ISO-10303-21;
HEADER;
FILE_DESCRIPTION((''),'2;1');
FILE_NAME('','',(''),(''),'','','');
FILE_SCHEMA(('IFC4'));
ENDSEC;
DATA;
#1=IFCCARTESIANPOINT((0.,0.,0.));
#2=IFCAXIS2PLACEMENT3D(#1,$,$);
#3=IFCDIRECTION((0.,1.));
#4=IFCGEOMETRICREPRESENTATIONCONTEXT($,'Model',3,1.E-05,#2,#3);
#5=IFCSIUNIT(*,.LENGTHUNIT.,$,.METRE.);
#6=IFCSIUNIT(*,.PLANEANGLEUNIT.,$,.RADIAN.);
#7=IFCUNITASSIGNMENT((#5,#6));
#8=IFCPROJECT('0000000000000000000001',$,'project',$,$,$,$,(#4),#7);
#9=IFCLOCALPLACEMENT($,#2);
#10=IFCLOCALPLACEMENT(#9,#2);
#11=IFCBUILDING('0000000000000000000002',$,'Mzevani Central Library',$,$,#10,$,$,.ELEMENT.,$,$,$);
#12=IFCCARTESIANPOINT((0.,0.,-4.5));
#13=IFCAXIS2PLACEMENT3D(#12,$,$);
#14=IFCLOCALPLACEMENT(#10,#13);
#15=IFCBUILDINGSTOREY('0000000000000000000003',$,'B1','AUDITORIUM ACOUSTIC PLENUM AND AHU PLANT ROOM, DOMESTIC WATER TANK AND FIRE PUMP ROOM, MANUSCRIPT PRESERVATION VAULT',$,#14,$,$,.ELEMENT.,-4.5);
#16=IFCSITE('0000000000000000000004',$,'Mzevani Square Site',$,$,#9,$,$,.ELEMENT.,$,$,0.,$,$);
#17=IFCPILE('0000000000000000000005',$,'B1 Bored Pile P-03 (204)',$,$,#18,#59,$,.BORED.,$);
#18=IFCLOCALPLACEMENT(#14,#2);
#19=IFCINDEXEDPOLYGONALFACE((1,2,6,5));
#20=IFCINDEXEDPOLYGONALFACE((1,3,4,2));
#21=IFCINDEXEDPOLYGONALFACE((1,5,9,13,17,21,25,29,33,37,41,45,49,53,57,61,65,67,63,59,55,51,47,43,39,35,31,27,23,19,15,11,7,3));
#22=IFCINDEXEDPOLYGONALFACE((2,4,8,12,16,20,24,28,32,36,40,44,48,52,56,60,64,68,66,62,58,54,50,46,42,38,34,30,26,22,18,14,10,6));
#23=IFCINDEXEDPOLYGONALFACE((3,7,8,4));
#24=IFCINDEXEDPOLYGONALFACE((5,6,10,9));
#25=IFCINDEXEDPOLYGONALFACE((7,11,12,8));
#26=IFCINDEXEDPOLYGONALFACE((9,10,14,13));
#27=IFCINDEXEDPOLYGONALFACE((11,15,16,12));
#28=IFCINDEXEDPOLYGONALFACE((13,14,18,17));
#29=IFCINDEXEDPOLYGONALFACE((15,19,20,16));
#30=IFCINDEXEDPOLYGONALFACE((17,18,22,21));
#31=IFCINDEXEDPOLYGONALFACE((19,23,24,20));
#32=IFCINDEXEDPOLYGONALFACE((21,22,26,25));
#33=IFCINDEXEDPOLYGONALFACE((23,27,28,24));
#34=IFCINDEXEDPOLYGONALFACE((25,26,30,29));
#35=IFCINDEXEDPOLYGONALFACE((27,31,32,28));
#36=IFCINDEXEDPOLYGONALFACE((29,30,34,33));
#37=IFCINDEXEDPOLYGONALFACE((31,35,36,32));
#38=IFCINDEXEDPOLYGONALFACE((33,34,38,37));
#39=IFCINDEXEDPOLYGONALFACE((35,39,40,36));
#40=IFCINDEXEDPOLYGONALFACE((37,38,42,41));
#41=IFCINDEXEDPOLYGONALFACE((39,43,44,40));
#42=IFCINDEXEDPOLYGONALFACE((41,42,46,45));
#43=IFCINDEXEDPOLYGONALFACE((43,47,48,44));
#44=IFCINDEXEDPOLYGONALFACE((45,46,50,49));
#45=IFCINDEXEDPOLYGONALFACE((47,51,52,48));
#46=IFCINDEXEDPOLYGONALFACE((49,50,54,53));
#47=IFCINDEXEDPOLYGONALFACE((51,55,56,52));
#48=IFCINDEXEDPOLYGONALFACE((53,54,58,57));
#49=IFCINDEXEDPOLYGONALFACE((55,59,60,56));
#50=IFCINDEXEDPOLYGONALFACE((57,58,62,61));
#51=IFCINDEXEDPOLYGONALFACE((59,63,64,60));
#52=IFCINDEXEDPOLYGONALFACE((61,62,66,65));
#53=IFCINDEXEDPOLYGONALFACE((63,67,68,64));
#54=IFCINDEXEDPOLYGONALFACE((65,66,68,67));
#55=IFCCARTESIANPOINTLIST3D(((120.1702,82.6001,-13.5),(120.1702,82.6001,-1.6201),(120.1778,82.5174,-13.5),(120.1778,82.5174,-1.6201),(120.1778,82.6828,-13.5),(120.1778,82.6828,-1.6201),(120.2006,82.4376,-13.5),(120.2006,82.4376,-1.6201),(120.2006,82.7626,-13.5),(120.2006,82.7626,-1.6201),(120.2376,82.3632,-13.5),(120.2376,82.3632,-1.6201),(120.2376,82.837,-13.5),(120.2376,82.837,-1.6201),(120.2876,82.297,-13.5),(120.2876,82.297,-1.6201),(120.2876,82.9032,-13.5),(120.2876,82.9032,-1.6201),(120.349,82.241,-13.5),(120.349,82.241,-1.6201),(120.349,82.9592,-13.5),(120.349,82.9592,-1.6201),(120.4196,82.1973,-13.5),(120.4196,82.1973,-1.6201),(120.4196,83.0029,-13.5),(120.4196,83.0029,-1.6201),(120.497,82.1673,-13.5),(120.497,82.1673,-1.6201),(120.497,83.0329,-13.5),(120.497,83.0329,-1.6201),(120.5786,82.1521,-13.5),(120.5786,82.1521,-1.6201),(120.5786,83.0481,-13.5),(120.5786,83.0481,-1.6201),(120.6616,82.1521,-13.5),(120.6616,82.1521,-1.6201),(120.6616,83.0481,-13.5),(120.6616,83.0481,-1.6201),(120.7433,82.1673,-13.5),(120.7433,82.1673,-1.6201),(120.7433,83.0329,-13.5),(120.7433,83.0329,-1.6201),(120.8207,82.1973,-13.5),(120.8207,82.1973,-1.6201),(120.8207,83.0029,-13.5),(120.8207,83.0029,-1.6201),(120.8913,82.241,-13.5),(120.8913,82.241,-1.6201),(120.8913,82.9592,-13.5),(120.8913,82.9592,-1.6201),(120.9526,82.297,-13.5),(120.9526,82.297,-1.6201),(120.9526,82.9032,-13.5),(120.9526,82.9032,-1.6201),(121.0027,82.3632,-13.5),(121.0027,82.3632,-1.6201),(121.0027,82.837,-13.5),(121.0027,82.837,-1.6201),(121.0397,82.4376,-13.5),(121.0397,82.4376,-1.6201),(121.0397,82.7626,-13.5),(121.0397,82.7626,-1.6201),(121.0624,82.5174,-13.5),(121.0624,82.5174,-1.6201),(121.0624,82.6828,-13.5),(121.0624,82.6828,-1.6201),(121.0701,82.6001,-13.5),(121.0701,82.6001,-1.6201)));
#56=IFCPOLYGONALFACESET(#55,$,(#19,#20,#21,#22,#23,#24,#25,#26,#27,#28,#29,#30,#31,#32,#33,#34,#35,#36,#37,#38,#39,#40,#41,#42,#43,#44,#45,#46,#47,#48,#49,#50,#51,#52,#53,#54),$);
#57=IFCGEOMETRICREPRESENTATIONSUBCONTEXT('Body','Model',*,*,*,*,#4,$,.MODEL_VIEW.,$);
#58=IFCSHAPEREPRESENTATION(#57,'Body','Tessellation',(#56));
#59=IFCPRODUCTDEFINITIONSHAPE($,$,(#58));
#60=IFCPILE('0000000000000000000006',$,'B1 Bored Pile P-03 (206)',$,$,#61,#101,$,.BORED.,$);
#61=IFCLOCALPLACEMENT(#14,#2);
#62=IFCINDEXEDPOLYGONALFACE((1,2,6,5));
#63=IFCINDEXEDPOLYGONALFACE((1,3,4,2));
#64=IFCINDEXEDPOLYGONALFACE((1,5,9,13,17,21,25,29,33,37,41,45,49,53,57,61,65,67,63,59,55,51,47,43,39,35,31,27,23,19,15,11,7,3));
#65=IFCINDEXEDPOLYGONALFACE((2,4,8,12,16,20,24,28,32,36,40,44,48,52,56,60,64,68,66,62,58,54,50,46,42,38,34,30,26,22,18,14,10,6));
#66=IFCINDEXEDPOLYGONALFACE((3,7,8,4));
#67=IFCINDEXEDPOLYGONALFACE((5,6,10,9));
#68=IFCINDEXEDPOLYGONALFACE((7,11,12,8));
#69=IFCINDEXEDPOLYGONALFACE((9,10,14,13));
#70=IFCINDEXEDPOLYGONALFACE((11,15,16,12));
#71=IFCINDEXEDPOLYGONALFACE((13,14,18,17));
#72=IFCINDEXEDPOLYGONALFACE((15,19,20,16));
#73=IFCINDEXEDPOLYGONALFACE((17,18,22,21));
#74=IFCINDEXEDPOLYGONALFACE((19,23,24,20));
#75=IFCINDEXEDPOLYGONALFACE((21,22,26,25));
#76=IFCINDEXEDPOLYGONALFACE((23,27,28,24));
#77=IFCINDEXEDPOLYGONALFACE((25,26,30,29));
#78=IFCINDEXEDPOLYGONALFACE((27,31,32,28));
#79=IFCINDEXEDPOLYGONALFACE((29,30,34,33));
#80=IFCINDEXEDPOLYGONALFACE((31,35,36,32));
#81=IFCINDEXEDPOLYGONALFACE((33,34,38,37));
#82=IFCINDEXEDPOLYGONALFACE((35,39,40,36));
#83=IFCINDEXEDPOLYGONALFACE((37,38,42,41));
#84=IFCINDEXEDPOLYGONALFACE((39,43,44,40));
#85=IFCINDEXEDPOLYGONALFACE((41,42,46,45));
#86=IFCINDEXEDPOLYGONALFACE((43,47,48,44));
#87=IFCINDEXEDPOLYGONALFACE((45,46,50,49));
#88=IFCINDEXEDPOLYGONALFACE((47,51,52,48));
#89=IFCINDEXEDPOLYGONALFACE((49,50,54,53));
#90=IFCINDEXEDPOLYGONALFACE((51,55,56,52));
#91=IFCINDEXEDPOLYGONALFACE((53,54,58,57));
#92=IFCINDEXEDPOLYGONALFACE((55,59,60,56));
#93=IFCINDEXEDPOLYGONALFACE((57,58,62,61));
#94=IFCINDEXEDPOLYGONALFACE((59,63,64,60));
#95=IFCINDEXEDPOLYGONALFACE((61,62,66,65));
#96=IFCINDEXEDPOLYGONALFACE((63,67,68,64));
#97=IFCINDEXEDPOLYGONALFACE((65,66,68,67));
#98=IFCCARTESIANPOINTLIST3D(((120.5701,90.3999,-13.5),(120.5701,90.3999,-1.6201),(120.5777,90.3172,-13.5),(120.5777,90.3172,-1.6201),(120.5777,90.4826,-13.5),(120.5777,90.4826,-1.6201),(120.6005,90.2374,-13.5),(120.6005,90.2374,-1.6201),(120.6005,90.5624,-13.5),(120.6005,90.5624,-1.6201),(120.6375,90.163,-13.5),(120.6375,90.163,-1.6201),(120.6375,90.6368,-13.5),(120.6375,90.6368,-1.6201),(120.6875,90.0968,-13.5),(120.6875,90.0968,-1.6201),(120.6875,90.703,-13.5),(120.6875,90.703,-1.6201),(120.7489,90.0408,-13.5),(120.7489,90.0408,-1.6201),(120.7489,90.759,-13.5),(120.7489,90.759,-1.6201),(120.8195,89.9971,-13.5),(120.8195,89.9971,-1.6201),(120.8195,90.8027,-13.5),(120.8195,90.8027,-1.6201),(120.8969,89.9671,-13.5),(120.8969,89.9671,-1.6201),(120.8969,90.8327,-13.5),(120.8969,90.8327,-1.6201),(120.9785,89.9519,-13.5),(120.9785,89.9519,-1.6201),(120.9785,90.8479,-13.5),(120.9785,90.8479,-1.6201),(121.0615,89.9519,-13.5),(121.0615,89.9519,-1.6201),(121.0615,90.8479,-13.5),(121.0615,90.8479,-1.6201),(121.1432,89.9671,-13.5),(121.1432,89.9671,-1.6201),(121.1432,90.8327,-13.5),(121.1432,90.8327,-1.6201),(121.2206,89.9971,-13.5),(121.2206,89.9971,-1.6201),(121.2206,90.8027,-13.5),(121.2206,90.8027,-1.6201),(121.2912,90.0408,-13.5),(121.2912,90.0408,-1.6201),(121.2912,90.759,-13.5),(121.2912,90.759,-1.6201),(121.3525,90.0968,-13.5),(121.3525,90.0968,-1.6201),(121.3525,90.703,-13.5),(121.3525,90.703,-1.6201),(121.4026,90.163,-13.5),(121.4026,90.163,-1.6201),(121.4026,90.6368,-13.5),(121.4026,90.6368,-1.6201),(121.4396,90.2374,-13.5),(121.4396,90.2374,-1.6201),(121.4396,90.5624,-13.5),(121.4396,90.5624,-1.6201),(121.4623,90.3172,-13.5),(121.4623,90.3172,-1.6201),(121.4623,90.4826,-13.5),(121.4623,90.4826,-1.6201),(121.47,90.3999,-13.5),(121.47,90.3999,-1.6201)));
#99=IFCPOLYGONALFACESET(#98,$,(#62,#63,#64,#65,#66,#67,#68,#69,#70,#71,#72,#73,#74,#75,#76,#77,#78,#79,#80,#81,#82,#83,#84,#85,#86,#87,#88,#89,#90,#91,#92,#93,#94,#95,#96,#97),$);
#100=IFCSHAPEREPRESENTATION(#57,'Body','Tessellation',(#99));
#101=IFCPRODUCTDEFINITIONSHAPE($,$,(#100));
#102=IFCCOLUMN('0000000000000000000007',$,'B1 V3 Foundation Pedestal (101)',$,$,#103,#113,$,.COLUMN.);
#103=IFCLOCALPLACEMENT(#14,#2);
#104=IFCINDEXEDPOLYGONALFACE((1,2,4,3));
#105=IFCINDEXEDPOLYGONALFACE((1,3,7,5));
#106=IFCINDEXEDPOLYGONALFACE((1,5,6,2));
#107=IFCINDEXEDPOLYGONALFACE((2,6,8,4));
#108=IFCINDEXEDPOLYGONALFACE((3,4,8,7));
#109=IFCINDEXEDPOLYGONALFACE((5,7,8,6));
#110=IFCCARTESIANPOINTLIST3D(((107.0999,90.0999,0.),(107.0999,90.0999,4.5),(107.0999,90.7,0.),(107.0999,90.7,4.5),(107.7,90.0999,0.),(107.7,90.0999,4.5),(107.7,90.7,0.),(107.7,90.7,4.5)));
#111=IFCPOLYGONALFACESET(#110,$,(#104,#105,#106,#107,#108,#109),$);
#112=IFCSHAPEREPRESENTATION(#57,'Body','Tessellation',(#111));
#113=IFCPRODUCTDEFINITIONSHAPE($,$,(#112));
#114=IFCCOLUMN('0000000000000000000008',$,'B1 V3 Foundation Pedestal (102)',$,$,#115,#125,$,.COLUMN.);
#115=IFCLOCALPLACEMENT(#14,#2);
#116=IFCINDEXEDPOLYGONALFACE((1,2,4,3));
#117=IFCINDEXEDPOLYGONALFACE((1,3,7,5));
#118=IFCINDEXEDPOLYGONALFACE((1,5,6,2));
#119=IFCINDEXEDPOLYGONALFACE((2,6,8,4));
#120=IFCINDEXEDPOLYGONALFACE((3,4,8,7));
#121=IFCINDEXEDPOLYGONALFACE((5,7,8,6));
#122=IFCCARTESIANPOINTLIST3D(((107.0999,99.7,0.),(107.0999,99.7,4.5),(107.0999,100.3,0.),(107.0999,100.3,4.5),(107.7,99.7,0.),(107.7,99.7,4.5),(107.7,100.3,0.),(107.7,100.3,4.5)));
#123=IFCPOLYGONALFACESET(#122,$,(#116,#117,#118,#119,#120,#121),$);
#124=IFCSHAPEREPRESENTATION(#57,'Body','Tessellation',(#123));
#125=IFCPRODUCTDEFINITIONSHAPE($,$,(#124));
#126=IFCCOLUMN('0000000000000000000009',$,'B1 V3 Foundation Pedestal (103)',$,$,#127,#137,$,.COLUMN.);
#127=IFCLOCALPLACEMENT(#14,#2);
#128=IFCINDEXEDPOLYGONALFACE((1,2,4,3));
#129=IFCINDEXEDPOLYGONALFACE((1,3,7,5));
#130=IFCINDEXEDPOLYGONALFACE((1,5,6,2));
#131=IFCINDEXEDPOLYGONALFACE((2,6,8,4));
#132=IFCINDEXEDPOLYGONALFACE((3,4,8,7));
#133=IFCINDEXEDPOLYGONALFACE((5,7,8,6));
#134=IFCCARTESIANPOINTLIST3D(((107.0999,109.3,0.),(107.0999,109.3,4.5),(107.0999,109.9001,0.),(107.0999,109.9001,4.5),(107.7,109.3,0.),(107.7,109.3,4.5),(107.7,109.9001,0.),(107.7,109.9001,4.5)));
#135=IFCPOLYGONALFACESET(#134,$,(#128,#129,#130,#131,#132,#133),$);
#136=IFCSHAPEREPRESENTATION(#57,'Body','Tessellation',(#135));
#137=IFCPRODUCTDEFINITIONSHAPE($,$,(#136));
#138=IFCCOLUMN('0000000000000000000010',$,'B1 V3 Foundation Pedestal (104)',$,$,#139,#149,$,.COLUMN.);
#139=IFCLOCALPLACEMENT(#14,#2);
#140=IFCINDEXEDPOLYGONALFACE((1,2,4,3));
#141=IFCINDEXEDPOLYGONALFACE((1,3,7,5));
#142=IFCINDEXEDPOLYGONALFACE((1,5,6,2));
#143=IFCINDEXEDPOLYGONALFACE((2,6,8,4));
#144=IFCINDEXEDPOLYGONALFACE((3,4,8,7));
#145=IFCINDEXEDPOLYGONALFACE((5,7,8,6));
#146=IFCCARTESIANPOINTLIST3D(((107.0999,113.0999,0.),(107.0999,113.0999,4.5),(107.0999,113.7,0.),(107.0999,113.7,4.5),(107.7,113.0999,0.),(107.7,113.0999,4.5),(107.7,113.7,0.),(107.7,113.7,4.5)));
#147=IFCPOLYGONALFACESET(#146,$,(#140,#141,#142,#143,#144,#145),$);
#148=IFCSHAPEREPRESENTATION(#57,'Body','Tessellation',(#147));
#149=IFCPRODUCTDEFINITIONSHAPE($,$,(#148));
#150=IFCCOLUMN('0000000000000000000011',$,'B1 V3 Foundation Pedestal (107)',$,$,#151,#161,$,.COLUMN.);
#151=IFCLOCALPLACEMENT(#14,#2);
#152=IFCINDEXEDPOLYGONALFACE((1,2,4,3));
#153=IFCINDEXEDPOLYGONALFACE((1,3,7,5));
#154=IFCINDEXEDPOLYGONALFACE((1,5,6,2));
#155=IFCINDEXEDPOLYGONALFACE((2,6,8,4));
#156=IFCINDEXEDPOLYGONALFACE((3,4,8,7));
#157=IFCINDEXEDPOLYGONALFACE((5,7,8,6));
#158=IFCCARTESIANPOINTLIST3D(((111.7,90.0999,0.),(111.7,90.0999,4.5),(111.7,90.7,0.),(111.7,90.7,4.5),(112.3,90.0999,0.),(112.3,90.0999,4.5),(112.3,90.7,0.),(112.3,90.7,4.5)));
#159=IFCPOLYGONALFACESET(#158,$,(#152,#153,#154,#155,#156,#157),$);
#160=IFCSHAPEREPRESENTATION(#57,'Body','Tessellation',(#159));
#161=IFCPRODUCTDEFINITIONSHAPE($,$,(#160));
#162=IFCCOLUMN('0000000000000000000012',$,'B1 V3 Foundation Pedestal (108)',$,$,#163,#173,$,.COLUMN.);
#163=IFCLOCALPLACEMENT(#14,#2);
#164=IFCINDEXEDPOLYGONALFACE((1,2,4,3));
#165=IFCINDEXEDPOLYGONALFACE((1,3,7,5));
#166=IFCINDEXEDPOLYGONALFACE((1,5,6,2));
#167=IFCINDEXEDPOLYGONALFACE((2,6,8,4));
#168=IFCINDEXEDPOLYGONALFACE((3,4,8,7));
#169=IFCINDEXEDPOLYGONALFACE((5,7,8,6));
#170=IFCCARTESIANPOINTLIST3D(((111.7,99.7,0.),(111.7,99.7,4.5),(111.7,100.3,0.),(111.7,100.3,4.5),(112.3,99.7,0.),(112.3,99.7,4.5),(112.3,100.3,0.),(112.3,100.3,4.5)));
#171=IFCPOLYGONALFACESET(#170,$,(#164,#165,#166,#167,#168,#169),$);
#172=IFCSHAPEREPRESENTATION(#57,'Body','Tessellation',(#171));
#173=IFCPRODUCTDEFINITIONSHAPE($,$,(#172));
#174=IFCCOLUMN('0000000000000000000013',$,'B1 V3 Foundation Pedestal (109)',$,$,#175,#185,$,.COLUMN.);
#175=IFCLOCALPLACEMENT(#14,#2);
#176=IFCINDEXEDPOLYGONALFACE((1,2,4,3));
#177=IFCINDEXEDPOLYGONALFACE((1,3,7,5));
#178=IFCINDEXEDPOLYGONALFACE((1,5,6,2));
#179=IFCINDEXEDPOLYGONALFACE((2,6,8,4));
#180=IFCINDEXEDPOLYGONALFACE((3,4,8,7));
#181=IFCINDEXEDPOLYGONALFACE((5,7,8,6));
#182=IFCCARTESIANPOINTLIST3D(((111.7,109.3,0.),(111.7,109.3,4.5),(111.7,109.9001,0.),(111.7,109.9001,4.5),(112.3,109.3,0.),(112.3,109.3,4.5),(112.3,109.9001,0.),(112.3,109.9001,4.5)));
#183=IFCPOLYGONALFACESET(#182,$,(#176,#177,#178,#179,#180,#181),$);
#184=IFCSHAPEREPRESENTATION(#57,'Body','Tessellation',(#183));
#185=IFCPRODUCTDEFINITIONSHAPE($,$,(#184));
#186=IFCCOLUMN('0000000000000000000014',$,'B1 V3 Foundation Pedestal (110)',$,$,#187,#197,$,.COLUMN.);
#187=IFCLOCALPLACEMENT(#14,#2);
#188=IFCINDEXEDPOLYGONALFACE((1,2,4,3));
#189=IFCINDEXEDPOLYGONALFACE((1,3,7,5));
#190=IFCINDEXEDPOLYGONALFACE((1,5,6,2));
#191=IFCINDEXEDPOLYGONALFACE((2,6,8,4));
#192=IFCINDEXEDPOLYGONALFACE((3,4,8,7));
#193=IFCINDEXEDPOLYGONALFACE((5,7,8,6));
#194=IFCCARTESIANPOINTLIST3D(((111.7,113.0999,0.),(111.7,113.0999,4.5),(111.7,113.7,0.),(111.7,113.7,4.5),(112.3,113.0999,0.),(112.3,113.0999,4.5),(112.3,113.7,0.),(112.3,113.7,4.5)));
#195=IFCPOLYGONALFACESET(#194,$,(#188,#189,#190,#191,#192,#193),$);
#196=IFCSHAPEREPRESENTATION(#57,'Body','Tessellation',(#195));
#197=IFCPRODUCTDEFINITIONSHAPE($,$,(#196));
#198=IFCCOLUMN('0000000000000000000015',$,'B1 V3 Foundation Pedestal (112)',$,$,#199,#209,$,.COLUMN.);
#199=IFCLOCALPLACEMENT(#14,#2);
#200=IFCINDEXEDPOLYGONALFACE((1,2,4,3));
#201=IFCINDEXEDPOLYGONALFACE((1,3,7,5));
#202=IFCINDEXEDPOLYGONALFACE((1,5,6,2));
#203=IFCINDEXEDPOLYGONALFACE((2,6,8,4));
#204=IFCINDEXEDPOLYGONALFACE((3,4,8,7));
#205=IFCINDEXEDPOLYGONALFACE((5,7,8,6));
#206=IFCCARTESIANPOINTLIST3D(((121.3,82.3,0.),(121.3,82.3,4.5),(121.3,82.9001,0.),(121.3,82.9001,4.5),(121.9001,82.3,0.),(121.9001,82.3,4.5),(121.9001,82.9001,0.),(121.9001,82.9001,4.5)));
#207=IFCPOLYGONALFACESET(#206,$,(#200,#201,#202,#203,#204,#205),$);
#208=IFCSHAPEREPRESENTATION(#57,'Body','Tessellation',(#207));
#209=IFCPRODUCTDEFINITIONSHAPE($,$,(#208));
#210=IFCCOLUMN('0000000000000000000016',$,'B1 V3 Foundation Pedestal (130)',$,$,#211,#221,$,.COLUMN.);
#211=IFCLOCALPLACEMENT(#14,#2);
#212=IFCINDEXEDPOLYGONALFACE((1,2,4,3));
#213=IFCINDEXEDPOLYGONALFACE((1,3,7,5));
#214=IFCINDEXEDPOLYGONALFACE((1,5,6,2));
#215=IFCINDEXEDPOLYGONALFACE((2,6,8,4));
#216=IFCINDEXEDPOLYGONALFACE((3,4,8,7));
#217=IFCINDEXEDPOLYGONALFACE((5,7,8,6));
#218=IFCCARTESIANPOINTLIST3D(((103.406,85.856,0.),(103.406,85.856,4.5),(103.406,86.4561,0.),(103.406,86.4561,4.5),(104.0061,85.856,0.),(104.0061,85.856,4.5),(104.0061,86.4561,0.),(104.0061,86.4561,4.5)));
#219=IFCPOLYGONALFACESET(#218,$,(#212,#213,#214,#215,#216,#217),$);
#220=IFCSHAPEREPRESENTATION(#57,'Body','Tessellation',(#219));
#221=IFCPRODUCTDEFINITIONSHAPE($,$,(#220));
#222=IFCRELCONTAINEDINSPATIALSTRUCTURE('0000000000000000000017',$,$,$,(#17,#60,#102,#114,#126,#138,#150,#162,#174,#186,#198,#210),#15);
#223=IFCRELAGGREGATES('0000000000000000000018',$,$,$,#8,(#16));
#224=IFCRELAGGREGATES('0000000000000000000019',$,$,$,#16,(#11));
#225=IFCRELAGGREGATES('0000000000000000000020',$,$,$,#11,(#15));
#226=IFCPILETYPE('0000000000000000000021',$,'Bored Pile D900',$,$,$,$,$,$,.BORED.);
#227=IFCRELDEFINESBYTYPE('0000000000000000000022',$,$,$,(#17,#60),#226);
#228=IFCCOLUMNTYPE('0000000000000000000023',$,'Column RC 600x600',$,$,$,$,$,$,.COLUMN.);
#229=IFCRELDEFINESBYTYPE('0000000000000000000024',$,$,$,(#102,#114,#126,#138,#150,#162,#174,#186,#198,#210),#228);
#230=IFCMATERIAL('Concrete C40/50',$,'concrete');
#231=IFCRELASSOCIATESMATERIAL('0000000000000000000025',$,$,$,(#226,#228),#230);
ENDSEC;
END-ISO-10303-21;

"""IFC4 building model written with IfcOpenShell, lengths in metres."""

from ifc_helpers import new_model, si_unit, direction, frame, origin, origin_2d, place, context, subcontext, project, spatial, rectangle, circle, extrude, material, material_profile, profile_set, type_object, element, save


model = new_model("IFC4")

# Units and contexts
model_context = context("Model", 3, precision=1e-05, world=origin(), true_north=direction((0.0, 1.0)))
body_context = subcontext(model_context, "Body", "Model", "MODEL_VIEW")
ifc_project = project(units=[si_unit("LENGTHUNIT", "METRE"), si_unit("PLANEANGLEUNIT", "RADIAN")], contexts=[model_context])

# Site, building, storey
site_placement = place(None, origin())
site = spatial("IfcSite", under=ifc_project, at=site_placement, Name="Mzevani Square Site", CompositionType="ELEMENT", RefElevation=0.0)
building_placement = place(site_placement, origin())
building = spatial("IfcBuilding", under=site, at=building_placement, Name="Mzevani Central Library", CompositionType="ELEMENT")
storey_placement = place(building_placement, frame((0.0, 0.0, -4.5)))
storey = spatial("IfcBuildingStorey", under=building, at=storey_placement, Name="B1", Description="AUDITORIUM ACOUSTIC PLENUM AND AHU PLANT ROOM, DOMESTIC WATER TANK AND FIRE PUMP ROOM, MANUSCRIPT PRESERVATION VAULT", CompositionType="ELEMENT", Elevation=-4.5)

# Piles
ifc_material = material(Name="Concrete C40/50", Category="concrete")
ifc_material_profile_1 = material_profile(ifc_material, circle(Radius=0.45, at=origin_2d()), Name="PILE D900")
ifc_profile_set_1 = profile_set([ifc_material_profile_1], Name="Concrete C40/50")
pile_type_1 = type_object("IfcPileType", Name="Bored Pile D900", PredefinedType="BORED", material=ifc_profile_set_1)
for number, where, z_axis, x_axis, name in (
    (1, (120.6201, 82.6001, -1.6201), (0.0, 0.0, -1.0), (1.0, 0.0, 0.0), "B1 Bored Pile P-03 (204)"),
    (2, (121.02, 90.3999, -1.6201), (0.0, 0.0, -1.0), (1.0, 0.0, 0.0), "B1 Bored Pile P-03 (206)"),
):
    element("IfcPile", number, at=place(storey_placement, frame(where, z_axis=z_axis, x_axis=x_axis)), inside=storey, type_object=pile_type_1, Name=name, PredefinedType="BORED", context=body_context, shape_type="SweptSolid", body=[
        extrude(circle(Radius=0.45, at=origin_2d()), origin(), (0.0, 0.0, 1.0), 11.8799),
    ])

# Columns
ifc_material_profile_2 = material_profile(ifc_material, rectangle(XDim=0.6001, YDim=0.6001, at=origin_2d()), Name="RC 600x600")
ifc_profile_set_2 = profile_set([ifc_material_profile_2], Name="Concrete C40/50")
column_type = type_object("IfcColumnType", Name="Column RC 600x600", PredefinedType="COLUMN", material=ifc_profile_set_2)
for number, where, z_axis, x_axis, name in (
    (3, (107.3999, 90.3999, 0.0), (0.0, 0.0, 1.0), (1.0, 0.0, 0.0), "B1 V3 Foundation Pedestal (101)"),
    (4, (107.3999, 100.0, 0.0), (0.0, 0.0, 1.0), (1.0, 0.0, 0.0), "B1 V3 Foundation Pedestal (102)"),
    (5, (107.3999, 109.6001, 0.0), (0.0, 0.0, 1.0), (1.0, 0.0, 0.0), "B1 V3 Foundation Pedestal (103)"),
    (6, (107.3999, 113.3999, 0.0), (0.0, 0.0, 1.0), (1.0, 0.0, 0.0), "B1 V3 Foundation Pedestal (104)"),
    (7, (112.0, 90.3999, 0.0), (0.0, 0.0, 1.0), (1.0, 0.0, 0.0), "B1 V3 Foundation Pedestal (107)"),
    (8, (112.0, 100.0, 0.0), (0.0, 0.0, 1.0), (1.0, 0.0, 0.0), "B1 V3 Foundation Pedestal (108)"),
    (9, (112.0, 109.6001, 0.0), (0.0, 0.0, 1.0), (1.0, 0.0, 0.0), "B1 V3 Foundation Pedestal (109)"),
    (10, (112.0, 113.3999, 0.0), (0.0, 0.0, 1.0), (1.0, 0.0, 0.0), "B1 V3 Foundation Pedestal (110)"),
    (11, (121.6001, 82.6001, 0.0), (0.0, 0.0, 1.0), (1.0, 0.0, 0.0), "B1 V3 Foundation Pedestal (112)"),
    (12, (103.7061, 86.156, 0.0), (0.0, 0.0, 1.0), (1.0, 0.0, 0.0), "B1 V3 Foundation Pedestal (130)"),
):
    element("IfcColumn", number, at=place(storey_placement, frame(where, z_axis=z_axis, x_axis=x_axis)), inside=storey, type_object=column_type, Name=name, PredefinedType="COLUMN", context=body_context, shape_type="SweptSolid", body=[
        extrude(rectangle(XDim=0.6001, YDim=0.6001, at=origin_2d()), origin(), (0.0, 0.0, 1.0), 4.5),
    ])

save(model, "model.ifc")
